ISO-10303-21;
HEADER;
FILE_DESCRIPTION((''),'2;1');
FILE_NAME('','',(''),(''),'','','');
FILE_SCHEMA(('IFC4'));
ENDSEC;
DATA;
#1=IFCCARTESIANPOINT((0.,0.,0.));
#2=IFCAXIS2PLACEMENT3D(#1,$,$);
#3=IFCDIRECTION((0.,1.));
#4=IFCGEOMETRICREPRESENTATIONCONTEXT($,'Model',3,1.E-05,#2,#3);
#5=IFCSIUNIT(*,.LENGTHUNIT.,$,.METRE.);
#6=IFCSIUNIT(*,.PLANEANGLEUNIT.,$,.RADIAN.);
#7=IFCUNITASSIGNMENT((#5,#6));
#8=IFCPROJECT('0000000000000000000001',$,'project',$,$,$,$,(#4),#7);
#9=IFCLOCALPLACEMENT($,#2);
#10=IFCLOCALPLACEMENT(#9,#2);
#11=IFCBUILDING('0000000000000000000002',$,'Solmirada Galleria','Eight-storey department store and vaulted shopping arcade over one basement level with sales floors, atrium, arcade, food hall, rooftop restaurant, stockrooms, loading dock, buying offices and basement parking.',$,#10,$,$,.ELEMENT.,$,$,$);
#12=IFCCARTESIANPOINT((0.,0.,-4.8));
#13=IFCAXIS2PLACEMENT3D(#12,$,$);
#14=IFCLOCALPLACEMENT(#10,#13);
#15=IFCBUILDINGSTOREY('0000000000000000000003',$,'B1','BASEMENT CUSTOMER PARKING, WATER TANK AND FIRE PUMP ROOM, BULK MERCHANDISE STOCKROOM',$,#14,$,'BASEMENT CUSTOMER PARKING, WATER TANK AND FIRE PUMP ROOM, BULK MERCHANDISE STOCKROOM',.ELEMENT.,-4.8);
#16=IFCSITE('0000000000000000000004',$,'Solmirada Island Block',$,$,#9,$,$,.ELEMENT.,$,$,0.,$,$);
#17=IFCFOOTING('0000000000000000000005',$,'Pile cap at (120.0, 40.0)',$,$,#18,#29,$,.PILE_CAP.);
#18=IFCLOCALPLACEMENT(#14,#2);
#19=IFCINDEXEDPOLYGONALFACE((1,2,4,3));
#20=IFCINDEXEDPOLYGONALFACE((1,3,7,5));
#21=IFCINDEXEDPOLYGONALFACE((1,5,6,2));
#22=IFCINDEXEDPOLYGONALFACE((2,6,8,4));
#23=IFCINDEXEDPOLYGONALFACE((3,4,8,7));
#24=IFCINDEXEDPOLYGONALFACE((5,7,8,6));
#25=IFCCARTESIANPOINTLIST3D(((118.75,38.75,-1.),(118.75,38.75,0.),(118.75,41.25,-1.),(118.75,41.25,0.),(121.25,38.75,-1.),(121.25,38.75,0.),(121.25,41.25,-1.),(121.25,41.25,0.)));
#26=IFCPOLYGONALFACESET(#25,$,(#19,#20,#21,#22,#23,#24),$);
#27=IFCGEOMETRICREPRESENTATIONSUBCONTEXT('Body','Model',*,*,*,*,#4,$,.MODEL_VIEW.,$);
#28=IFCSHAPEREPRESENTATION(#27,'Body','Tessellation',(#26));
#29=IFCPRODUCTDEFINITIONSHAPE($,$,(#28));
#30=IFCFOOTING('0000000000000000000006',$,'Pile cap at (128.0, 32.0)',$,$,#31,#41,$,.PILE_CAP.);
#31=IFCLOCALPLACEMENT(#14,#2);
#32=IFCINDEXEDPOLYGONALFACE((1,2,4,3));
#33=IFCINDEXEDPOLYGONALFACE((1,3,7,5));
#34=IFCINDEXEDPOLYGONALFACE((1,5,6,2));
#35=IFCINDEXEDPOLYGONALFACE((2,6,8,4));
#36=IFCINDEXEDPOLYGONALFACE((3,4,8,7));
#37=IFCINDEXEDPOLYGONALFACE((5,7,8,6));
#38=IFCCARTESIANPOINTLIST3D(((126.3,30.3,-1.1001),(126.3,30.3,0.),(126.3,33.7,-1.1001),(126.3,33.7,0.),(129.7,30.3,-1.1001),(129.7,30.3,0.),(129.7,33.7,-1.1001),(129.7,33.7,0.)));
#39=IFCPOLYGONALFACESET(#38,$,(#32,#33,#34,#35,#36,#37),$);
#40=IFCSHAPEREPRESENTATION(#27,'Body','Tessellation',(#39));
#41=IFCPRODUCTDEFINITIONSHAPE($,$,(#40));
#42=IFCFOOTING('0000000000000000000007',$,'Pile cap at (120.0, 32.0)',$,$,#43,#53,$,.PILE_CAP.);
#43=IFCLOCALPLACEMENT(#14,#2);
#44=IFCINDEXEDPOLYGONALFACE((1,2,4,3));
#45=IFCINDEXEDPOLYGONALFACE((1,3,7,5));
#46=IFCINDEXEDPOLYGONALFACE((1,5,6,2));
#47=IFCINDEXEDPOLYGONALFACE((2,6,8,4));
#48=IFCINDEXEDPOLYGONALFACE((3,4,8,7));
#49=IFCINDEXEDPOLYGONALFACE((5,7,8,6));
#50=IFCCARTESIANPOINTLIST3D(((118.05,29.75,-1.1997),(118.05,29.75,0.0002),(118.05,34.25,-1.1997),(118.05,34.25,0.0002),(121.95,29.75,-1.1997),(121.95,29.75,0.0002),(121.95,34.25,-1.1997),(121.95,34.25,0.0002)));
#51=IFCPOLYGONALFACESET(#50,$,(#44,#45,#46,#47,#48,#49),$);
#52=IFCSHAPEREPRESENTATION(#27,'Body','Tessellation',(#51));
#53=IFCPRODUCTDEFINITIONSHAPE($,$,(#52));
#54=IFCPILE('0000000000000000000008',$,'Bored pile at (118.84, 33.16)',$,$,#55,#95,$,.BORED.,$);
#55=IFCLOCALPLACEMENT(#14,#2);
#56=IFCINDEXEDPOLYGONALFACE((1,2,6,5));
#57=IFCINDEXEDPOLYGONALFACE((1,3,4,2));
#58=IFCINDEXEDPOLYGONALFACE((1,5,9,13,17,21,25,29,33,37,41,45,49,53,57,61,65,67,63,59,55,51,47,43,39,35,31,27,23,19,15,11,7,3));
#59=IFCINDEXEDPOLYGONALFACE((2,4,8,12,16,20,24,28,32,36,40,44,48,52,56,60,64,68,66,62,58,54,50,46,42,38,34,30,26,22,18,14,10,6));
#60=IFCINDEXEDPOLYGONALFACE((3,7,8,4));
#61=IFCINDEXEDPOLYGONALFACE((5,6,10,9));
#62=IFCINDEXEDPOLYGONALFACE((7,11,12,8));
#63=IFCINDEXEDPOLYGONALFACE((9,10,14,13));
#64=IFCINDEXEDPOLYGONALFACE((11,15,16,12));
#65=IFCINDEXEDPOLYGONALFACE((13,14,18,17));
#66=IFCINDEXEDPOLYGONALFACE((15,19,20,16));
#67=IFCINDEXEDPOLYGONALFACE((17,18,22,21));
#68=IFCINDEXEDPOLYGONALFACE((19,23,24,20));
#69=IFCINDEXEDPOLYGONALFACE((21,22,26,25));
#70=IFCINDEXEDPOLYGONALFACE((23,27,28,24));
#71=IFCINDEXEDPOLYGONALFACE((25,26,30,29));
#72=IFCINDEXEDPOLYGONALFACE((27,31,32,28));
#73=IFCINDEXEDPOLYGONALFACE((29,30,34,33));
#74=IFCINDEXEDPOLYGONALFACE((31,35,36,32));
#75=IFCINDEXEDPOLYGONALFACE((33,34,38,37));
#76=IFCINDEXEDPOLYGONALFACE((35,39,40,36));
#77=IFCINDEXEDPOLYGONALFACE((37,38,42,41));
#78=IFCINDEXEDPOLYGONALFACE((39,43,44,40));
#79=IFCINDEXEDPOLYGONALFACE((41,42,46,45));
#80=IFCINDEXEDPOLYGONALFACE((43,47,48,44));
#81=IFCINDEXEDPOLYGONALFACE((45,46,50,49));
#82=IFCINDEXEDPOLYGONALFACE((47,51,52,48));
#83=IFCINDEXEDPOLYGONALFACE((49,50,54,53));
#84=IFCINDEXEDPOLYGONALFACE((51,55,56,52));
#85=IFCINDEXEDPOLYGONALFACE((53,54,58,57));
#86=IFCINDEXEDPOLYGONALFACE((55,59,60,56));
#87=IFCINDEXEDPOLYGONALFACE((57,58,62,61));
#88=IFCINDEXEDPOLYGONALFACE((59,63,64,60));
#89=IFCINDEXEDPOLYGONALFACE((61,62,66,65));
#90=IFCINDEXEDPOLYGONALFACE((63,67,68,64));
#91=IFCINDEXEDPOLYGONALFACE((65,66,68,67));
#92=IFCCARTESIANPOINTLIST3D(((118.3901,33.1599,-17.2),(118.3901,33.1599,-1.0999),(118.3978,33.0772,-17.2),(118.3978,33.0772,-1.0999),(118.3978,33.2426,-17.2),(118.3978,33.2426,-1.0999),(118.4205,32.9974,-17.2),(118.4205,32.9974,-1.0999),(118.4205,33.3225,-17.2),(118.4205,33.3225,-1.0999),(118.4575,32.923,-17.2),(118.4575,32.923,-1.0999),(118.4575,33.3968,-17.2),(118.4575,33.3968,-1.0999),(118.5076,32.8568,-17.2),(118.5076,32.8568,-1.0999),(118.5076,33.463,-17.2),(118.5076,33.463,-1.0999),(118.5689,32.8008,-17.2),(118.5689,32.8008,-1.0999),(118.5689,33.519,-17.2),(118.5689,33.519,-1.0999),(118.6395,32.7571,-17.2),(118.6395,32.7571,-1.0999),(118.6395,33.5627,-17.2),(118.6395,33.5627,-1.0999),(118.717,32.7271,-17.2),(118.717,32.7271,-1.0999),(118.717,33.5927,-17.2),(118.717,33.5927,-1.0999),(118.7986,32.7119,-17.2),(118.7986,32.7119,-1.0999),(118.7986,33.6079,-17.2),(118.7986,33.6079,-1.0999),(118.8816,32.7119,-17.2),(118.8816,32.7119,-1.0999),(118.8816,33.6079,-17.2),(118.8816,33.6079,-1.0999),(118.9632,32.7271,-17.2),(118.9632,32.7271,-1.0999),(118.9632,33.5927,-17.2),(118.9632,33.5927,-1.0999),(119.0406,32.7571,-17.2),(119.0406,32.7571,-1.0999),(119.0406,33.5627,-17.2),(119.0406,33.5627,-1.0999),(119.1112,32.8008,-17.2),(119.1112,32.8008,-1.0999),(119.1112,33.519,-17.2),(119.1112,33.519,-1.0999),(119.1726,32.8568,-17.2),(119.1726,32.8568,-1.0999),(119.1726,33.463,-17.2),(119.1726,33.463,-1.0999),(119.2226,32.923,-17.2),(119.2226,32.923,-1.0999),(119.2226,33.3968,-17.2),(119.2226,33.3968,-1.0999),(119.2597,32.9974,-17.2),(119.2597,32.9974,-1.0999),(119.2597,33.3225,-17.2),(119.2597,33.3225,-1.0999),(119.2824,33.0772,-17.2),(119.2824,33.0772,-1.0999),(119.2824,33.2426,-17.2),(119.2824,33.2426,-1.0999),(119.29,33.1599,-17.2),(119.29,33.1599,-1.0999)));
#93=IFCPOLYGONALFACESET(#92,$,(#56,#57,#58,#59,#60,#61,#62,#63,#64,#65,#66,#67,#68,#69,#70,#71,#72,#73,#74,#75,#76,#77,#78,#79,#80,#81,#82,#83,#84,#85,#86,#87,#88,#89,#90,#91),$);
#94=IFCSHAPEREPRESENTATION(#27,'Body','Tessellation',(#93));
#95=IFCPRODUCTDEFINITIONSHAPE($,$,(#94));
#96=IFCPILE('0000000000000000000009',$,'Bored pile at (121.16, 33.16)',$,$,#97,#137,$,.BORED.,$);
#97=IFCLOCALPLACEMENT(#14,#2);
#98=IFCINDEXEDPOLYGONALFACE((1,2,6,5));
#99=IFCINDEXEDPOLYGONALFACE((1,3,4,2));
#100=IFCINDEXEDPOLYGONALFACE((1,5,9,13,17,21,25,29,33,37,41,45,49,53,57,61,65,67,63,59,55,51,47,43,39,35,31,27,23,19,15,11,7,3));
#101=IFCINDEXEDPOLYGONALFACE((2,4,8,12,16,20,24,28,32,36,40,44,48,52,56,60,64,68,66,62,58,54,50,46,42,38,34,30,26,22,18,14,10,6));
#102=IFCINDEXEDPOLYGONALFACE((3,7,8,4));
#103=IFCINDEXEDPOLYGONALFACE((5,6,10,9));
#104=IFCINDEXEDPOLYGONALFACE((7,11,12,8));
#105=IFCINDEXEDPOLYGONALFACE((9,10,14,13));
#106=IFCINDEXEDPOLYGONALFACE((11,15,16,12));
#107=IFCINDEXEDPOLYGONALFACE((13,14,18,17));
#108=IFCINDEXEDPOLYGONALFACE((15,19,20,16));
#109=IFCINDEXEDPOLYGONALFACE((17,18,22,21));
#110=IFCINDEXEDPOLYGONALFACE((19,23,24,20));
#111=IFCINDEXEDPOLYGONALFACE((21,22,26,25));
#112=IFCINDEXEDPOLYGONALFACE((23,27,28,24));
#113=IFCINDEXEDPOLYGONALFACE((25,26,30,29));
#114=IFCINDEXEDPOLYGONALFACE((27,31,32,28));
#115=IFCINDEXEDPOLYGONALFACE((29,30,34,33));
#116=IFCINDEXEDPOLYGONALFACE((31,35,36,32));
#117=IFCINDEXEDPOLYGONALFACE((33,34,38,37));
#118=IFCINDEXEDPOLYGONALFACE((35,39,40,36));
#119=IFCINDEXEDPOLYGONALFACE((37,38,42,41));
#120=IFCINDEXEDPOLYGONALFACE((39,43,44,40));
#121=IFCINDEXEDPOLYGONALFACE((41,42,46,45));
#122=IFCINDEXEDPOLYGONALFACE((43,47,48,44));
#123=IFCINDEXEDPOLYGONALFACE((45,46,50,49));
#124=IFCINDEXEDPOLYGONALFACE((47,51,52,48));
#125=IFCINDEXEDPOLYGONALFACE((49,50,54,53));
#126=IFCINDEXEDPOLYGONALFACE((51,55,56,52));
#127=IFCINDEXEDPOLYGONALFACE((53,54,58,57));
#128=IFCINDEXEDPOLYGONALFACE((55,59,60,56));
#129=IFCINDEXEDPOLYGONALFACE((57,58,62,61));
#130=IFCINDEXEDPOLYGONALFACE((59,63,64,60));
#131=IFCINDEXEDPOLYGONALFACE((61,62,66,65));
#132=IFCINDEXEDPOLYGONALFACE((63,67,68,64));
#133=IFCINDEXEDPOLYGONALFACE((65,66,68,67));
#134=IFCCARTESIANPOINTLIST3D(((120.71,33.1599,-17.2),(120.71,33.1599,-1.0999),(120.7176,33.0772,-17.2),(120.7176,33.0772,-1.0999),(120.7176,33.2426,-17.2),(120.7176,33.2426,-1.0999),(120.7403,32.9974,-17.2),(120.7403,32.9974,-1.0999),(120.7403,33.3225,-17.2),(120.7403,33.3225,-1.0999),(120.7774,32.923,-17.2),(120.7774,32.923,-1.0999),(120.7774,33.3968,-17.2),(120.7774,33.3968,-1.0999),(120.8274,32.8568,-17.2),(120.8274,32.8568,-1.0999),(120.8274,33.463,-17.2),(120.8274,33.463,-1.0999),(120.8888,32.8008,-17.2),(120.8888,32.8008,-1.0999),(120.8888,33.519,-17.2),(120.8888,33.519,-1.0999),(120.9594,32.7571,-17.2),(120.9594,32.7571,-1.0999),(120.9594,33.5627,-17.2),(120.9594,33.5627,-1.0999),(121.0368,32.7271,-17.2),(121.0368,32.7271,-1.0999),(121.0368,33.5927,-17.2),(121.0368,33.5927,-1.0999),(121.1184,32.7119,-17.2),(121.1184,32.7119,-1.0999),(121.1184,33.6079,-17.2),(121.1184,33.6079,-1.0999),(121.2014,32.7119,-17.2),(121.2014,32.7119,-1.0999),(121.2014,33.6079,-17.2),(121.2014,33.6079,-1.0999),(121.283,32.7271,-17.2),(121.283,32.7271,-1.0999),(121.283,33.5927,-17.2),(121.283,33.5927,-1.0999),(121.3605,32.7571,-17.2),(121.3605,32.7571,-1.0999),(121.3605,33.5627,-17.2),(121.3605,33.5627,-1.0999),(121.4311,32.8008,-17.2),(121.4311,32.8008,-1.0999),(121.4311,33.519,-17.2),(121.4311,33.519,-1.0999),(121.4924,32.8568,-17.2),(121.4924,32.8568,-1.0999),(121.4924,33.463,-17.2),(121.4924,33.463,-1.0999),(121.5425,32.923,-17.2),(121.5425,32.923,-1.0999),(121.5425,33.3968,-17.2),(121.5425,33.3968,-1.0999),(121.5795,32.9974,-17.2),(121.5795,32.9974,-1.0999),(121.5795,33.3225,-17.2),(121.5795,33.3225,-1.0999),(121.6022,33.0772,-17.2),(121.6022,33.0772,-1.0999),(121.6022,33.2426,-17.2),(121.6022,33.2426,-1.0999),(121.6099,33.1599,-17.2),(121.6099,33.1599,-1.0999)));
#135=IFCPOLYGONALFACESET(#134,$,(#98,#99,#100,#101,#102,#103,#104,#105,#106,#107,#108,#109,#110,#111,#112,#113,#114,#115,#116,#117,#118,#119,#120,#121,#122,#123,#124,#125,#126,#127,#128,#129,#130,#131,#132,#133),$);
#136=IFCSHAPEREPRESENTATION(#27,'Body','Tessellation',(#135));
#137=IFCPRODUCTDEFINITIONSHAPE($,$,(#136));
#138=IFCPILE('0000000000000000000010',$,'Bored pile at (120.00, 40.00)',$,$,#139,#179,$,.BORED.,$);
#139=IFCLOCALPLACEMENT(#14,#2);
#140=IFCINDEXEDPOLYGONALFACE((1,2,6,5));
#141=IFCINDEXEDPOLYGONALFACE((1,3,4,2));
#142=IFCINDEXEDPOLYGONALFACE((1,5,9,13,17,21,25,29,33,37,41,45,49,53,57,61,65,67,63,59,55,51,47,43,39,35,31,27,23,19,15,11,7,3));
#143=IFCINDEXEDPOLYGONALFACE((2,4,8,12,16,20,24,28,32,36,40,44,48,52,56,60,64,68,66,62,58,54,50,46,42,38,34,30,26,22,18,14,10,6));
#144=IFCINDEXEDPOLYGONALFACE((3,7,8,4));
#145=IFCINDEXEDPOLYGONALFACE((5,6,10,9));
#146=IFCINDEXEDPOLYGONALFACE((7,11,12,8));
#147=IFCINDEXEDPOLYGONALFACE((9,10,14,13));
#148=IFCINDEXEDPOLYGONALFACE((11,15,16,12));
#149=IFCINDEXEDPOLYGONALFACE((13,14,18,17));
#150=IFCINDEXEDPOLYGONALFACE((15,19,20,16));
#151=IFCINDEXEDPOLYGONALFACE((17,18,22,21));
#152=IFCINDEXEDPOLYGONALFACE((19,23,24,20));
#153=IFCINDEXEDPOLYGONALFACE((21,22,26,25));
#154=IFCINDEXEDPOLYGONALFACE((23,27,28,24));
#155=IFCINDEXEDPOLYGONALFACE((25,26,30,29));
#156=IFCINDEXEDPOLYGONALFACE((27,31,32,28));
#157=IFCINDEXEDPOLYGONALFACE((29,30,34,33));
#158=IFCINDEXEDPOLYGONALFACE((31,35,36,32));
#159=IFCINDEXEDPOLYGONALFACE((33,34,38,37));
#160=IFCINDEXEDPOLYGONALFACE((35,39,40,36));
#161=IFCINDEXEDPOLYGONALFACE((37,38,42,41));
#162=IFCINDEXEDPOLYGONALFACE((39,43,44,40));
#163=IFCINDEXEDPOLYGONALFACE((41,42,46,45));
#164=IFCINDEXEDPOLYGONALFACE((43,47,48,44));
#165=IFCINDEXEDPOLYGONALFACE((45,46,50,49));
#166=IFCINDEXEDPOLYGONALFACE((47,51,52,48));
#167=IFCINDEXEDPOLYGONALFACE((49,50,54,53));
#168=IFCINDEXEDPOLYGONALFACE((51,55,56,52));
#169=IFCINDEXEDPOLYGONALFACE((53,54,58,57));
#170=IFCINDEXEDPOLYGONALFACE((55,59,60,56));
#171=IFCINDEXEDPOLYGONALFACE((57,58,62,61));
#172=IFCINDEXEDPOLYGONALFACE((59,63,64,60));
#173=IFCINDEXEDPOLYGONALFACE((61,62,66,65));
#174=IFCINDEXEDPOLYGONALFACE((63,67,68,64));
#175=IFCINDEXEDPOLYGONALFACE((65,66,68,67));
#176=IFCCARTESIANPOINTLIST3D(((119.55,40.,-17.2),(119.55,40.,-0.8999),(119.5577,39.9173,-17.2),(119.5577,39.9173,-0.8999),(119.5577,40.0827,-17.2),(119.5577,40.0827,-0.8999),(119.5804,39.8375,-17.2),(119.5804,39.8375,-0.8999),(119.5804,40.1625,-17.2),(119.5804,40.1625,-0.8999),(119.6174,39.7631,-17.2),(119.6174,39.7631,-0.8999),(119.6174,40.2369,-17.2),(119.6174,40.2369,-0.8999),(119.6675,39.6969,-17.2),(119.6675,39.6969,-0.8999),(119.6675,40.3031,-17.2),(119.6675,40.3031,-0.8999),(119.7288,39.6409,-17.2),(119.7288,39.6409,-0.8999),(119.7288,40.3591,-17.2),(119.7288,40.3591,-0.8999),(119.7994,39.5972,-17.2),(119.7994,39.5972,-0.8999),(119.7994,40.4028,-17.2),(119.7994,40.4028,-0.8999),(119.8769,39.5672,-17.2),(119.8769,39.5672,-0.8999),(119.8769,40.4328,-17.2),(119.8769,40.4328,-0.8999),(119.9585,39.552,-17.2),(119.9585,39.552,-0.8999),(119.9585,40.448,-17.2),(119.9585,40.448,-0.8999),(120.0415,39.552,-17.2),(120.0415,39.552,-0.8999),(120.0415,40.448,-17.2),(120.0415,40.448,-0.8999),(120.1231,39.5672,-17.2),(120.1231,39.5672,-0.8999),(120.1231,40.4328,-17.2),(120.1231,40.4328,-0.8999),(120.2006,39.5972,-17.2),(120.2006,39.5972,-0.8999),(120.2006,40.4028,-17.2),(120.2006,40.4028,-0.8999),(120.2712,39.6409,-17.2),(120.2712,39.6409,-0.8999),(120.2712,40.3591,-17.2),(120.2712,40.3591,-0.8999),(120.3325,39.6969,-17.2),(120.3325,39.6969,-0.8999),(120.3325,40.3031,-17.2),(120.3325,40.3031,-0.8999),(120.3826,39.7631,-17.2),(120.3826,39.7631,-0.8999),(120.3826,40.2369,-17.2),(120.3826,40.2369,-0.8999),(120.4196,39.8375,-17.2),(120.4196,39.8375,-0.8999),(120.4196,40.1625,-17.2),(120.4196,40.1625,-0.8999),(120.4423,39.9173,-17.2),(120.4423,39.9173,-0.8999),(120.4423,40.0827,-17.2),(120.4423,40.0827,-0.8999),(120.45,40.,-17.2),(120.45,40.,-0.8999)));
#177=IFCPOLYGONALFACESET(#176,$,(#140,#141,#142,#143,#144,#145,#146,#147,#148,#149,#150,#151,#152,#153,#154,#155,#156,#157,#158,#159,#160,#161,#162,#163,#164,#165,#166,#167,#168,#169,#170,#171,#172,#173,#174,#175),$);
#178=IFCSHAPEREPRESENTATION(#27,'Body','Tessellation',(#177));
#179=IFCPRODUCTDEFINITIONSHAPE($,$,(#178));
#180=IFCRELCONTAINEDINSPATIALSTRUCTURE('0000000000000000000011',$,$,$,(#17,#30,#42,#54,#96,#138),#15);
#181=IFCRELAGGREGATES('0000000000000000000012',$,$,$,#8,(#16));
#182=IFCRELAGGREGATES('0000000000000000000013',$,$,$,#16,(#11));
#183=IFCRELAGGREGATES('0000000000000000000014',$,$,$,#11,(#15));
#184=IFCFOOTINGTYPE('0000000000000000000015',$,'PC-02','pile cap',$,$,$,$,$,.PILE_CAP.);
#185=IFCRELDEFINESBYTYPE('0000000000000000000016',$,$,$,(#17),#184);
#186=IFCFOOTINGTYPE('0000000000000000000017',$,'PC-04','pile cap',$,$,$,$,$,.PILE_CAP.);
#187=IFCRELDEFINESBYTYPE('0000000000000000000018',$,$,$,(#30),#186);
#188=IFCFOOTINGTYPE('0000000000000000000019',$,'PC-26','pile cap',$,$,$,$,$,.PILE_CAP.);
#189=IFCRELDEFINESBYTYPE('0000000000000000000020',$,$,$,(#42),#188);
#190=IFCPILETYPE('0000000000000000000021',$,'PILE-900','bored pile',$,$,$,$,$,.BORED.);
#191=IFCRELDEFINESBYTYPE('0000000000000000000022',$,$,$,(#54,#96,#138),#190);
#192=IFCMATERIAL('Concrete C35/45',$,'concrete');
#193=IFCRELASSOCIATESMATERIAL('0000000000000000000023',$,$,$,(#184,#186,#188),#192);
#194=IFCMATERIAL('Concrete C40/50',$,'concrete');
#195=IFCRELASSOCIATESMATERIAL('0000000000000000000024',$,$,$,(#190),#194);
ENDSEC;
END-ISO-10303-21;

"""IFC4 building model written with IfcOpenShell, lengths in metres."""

from ifc_helpers import new_model, si_unit, direction, frame, origin, origin_2d, place, context, subcontext, project, spatial, rectangle, circle, extrude, material, material_profile, profile_set, type_object, element, save


model = new_model("IFC4")

# Units and contexts
model_context = context("Model", 3, precision=1e-05, world=origin(), true_north=direction((0.0, 1.0)))
body_context = subcontext(model_context, "Body", "Model", "MODEL_VIEW")
ifc_project = project(units=[si_unit("LENGTHUNIT", "METRE"), si_unit("PLANEANGLEUNIT", "RADIAN")], contexts=[model_context])

# Site, building, storey
site_placement = place(None, origin())
site = spatial("IfcSite", under=ifc_project, at=site_placement, Name="Solmirada Island Block", CompositionType="ELEMENT", RefElevation=0.0)
building_placement = place(site_placement, origin())
building = spatial("IfcBuilding", under=site, at=building_placement, Name="Solmirada Galleria", Description="Eight-storey department store and vaulted shopping arcade over one basement level with sales floors, atrium, arcade, food hall, rooftop restaurant, stockrooms, loading dock, buying offices and basement parking.", CompositionType="ELEMENT")
storey_placement = place(building_placement, frame((0.0, 0.0, -4.8)))
storey = spatial("IfcBuildingStorey", under=building, at=storey_placement, Name="B1", Description="BASEMENT CUSTOMER PARKING, WATER TANK AND FIRE PUMP ROOM, BULK MERCHANDISE STOCKROOM", LongName="BASEMENT CUSTOMER PARKING, WATER TANK AND FIRE PUMP ROOM, BULK MERCHANDISE STOCKROOM", CompositionType="ELEMENT", Elevation=-4.8)

# Footings
ifc_material_1 = material(Name="Concrete C35/45", Category="concrete")
footing_type_1 = type_object("IfcFootingType", Name="PC-02", Description="pile cap", PredefinedType="PILE_CAP", material=ifc_material_1)
footing_1_placement = place(storey_placement, frame((120.0, 40.0, -1.0), z_axis=(0.0, 0.0, 1.0), x_axis=(1.0, 0.0, 0.0)))
element("IfcFooting", 1, at=footing_1_placement, inside=storey, type_object=footing_type_1, Name="Pile cap at (120.0, 40.0)", PredefinedType="PILE_CAP", context=body_context, shape_type="SweptSolid", body=[
    extrude(rectangle(XDim=2.5, YDim=2.5, at=origin_2d()), origin(), (0.0, 0.0, 1.0), 1.0),
])
footing_type_2 = type_object("IfcFootingType", Name="PC-04", Description="pile cap", PredefinedType="PILE_CAP", material=ifc_material_1)
footing_2_placement = place(storey_placement, frame((128.0, 32.0, -1.1001), z_axis=(0.0, 0.0, 1.0), x_axis=(1.0, 0.0, 0.0)))
element("IfcFooting", 2, at=footing_2_placement, inside=storey, type_object=footing_type_2, Name="Pile cap at (128.0, 32.0)", PredefinedType="PILE_CAP", context=body_context, shape_type="SweptSolid", body=[
    extrude(rectangle(XDim=3.3999, YDim=3.3999, at=origin_2d()), origin(), (0.0, 0.0, 1.0), 1.1001),
])
footing_type_3 = type_object("IfcFootingType", Name="PC-26", Description="pile cap", PredefinedType="PILE_CAP", material=ifc_material_1)
footing_3_placement = place(storey_placement, frame((120.0, 32.0, -1.1997), z_axis=(0.0, 0.0, 1.0), x_axis=(1.0, 0.0, 0.0)))
element("IfcFooting", 3, at=footing_3_placement, inside=storey, type_object=footing_type_3, Name="Pile cap at (120.0, 32.0)", PredefinedType="PILE_CAP", context=body_context, shape_type="SweptSolid", body=[
    extrude(rectangle(XDim=3.8999, YDim=4.5, at=origin_2d()), origin(), (0.0, 0.0, 1.0), 1.2),
])

# Piles
ifc_material_2 = material(Name="Concrete C40/50", Category="concrete")
ifc_material_profile_1 = material_profile(ifc_material_2, circle(Radius=0.45, at=origin_2d()), Name="PILE900")
ifc_profile_set_1 = profile_set([ifc_material_profile_1], Name="Concrete C40/50")
pile_type = type_object("IfcPileType", Name="PILE-900", Description="bored pile", PredefinedType="BORED", material=ifc_profile_set_1)
for number, where, z_axis, x_axis, name in (
    (4, (118.8401, 33.1599, -1.0999), (0.0, 0.0, -1.0), (1.0, 0.0, 0.0), "Bored pile at (118.84, 33.16)"),
    (5, (121.1599, 33.1599, -1.0999), (0.0, 0.0, -1.0), (1.0, 0.0, 0.0), "Bored pile at (121.16, 33.16)"),
):
    element("IfcPile", number, at=place(storey_placement, frame(where, z_axis=z_axis, x_axis=x_axis)), inside=storey, type_object=pile_type, Name=name, PredefinedType="BORED", context=body_context, shape_type="SweptSolid", body=[
        extrude(circle(Radius=0.45, at=origin_2d()), origin(), (0.0, 0.0, 1.0), 16.1001),
    ])
pile_1_placement = place(storey_placement, frame((120.0, 40.0, -0.8999), z_axis=(0.0, 0.0, -1.0), x_axis=(1.0, 0.0, 0.0)))
element("IfcPile", 6, at=pile_1_placement, inside=storey, type_object=pile_type, Name="Bored pile at (120.00, 40.00)", PredefinedType="BORED", context=body_context, shape_type="SweptSolid", body=[
    extrude(circle(Radius=0.45, at=origin_2d()), origin(), (0.0, 0.0, 1.0), 16.3),
])

save(model, "model.ifc")
